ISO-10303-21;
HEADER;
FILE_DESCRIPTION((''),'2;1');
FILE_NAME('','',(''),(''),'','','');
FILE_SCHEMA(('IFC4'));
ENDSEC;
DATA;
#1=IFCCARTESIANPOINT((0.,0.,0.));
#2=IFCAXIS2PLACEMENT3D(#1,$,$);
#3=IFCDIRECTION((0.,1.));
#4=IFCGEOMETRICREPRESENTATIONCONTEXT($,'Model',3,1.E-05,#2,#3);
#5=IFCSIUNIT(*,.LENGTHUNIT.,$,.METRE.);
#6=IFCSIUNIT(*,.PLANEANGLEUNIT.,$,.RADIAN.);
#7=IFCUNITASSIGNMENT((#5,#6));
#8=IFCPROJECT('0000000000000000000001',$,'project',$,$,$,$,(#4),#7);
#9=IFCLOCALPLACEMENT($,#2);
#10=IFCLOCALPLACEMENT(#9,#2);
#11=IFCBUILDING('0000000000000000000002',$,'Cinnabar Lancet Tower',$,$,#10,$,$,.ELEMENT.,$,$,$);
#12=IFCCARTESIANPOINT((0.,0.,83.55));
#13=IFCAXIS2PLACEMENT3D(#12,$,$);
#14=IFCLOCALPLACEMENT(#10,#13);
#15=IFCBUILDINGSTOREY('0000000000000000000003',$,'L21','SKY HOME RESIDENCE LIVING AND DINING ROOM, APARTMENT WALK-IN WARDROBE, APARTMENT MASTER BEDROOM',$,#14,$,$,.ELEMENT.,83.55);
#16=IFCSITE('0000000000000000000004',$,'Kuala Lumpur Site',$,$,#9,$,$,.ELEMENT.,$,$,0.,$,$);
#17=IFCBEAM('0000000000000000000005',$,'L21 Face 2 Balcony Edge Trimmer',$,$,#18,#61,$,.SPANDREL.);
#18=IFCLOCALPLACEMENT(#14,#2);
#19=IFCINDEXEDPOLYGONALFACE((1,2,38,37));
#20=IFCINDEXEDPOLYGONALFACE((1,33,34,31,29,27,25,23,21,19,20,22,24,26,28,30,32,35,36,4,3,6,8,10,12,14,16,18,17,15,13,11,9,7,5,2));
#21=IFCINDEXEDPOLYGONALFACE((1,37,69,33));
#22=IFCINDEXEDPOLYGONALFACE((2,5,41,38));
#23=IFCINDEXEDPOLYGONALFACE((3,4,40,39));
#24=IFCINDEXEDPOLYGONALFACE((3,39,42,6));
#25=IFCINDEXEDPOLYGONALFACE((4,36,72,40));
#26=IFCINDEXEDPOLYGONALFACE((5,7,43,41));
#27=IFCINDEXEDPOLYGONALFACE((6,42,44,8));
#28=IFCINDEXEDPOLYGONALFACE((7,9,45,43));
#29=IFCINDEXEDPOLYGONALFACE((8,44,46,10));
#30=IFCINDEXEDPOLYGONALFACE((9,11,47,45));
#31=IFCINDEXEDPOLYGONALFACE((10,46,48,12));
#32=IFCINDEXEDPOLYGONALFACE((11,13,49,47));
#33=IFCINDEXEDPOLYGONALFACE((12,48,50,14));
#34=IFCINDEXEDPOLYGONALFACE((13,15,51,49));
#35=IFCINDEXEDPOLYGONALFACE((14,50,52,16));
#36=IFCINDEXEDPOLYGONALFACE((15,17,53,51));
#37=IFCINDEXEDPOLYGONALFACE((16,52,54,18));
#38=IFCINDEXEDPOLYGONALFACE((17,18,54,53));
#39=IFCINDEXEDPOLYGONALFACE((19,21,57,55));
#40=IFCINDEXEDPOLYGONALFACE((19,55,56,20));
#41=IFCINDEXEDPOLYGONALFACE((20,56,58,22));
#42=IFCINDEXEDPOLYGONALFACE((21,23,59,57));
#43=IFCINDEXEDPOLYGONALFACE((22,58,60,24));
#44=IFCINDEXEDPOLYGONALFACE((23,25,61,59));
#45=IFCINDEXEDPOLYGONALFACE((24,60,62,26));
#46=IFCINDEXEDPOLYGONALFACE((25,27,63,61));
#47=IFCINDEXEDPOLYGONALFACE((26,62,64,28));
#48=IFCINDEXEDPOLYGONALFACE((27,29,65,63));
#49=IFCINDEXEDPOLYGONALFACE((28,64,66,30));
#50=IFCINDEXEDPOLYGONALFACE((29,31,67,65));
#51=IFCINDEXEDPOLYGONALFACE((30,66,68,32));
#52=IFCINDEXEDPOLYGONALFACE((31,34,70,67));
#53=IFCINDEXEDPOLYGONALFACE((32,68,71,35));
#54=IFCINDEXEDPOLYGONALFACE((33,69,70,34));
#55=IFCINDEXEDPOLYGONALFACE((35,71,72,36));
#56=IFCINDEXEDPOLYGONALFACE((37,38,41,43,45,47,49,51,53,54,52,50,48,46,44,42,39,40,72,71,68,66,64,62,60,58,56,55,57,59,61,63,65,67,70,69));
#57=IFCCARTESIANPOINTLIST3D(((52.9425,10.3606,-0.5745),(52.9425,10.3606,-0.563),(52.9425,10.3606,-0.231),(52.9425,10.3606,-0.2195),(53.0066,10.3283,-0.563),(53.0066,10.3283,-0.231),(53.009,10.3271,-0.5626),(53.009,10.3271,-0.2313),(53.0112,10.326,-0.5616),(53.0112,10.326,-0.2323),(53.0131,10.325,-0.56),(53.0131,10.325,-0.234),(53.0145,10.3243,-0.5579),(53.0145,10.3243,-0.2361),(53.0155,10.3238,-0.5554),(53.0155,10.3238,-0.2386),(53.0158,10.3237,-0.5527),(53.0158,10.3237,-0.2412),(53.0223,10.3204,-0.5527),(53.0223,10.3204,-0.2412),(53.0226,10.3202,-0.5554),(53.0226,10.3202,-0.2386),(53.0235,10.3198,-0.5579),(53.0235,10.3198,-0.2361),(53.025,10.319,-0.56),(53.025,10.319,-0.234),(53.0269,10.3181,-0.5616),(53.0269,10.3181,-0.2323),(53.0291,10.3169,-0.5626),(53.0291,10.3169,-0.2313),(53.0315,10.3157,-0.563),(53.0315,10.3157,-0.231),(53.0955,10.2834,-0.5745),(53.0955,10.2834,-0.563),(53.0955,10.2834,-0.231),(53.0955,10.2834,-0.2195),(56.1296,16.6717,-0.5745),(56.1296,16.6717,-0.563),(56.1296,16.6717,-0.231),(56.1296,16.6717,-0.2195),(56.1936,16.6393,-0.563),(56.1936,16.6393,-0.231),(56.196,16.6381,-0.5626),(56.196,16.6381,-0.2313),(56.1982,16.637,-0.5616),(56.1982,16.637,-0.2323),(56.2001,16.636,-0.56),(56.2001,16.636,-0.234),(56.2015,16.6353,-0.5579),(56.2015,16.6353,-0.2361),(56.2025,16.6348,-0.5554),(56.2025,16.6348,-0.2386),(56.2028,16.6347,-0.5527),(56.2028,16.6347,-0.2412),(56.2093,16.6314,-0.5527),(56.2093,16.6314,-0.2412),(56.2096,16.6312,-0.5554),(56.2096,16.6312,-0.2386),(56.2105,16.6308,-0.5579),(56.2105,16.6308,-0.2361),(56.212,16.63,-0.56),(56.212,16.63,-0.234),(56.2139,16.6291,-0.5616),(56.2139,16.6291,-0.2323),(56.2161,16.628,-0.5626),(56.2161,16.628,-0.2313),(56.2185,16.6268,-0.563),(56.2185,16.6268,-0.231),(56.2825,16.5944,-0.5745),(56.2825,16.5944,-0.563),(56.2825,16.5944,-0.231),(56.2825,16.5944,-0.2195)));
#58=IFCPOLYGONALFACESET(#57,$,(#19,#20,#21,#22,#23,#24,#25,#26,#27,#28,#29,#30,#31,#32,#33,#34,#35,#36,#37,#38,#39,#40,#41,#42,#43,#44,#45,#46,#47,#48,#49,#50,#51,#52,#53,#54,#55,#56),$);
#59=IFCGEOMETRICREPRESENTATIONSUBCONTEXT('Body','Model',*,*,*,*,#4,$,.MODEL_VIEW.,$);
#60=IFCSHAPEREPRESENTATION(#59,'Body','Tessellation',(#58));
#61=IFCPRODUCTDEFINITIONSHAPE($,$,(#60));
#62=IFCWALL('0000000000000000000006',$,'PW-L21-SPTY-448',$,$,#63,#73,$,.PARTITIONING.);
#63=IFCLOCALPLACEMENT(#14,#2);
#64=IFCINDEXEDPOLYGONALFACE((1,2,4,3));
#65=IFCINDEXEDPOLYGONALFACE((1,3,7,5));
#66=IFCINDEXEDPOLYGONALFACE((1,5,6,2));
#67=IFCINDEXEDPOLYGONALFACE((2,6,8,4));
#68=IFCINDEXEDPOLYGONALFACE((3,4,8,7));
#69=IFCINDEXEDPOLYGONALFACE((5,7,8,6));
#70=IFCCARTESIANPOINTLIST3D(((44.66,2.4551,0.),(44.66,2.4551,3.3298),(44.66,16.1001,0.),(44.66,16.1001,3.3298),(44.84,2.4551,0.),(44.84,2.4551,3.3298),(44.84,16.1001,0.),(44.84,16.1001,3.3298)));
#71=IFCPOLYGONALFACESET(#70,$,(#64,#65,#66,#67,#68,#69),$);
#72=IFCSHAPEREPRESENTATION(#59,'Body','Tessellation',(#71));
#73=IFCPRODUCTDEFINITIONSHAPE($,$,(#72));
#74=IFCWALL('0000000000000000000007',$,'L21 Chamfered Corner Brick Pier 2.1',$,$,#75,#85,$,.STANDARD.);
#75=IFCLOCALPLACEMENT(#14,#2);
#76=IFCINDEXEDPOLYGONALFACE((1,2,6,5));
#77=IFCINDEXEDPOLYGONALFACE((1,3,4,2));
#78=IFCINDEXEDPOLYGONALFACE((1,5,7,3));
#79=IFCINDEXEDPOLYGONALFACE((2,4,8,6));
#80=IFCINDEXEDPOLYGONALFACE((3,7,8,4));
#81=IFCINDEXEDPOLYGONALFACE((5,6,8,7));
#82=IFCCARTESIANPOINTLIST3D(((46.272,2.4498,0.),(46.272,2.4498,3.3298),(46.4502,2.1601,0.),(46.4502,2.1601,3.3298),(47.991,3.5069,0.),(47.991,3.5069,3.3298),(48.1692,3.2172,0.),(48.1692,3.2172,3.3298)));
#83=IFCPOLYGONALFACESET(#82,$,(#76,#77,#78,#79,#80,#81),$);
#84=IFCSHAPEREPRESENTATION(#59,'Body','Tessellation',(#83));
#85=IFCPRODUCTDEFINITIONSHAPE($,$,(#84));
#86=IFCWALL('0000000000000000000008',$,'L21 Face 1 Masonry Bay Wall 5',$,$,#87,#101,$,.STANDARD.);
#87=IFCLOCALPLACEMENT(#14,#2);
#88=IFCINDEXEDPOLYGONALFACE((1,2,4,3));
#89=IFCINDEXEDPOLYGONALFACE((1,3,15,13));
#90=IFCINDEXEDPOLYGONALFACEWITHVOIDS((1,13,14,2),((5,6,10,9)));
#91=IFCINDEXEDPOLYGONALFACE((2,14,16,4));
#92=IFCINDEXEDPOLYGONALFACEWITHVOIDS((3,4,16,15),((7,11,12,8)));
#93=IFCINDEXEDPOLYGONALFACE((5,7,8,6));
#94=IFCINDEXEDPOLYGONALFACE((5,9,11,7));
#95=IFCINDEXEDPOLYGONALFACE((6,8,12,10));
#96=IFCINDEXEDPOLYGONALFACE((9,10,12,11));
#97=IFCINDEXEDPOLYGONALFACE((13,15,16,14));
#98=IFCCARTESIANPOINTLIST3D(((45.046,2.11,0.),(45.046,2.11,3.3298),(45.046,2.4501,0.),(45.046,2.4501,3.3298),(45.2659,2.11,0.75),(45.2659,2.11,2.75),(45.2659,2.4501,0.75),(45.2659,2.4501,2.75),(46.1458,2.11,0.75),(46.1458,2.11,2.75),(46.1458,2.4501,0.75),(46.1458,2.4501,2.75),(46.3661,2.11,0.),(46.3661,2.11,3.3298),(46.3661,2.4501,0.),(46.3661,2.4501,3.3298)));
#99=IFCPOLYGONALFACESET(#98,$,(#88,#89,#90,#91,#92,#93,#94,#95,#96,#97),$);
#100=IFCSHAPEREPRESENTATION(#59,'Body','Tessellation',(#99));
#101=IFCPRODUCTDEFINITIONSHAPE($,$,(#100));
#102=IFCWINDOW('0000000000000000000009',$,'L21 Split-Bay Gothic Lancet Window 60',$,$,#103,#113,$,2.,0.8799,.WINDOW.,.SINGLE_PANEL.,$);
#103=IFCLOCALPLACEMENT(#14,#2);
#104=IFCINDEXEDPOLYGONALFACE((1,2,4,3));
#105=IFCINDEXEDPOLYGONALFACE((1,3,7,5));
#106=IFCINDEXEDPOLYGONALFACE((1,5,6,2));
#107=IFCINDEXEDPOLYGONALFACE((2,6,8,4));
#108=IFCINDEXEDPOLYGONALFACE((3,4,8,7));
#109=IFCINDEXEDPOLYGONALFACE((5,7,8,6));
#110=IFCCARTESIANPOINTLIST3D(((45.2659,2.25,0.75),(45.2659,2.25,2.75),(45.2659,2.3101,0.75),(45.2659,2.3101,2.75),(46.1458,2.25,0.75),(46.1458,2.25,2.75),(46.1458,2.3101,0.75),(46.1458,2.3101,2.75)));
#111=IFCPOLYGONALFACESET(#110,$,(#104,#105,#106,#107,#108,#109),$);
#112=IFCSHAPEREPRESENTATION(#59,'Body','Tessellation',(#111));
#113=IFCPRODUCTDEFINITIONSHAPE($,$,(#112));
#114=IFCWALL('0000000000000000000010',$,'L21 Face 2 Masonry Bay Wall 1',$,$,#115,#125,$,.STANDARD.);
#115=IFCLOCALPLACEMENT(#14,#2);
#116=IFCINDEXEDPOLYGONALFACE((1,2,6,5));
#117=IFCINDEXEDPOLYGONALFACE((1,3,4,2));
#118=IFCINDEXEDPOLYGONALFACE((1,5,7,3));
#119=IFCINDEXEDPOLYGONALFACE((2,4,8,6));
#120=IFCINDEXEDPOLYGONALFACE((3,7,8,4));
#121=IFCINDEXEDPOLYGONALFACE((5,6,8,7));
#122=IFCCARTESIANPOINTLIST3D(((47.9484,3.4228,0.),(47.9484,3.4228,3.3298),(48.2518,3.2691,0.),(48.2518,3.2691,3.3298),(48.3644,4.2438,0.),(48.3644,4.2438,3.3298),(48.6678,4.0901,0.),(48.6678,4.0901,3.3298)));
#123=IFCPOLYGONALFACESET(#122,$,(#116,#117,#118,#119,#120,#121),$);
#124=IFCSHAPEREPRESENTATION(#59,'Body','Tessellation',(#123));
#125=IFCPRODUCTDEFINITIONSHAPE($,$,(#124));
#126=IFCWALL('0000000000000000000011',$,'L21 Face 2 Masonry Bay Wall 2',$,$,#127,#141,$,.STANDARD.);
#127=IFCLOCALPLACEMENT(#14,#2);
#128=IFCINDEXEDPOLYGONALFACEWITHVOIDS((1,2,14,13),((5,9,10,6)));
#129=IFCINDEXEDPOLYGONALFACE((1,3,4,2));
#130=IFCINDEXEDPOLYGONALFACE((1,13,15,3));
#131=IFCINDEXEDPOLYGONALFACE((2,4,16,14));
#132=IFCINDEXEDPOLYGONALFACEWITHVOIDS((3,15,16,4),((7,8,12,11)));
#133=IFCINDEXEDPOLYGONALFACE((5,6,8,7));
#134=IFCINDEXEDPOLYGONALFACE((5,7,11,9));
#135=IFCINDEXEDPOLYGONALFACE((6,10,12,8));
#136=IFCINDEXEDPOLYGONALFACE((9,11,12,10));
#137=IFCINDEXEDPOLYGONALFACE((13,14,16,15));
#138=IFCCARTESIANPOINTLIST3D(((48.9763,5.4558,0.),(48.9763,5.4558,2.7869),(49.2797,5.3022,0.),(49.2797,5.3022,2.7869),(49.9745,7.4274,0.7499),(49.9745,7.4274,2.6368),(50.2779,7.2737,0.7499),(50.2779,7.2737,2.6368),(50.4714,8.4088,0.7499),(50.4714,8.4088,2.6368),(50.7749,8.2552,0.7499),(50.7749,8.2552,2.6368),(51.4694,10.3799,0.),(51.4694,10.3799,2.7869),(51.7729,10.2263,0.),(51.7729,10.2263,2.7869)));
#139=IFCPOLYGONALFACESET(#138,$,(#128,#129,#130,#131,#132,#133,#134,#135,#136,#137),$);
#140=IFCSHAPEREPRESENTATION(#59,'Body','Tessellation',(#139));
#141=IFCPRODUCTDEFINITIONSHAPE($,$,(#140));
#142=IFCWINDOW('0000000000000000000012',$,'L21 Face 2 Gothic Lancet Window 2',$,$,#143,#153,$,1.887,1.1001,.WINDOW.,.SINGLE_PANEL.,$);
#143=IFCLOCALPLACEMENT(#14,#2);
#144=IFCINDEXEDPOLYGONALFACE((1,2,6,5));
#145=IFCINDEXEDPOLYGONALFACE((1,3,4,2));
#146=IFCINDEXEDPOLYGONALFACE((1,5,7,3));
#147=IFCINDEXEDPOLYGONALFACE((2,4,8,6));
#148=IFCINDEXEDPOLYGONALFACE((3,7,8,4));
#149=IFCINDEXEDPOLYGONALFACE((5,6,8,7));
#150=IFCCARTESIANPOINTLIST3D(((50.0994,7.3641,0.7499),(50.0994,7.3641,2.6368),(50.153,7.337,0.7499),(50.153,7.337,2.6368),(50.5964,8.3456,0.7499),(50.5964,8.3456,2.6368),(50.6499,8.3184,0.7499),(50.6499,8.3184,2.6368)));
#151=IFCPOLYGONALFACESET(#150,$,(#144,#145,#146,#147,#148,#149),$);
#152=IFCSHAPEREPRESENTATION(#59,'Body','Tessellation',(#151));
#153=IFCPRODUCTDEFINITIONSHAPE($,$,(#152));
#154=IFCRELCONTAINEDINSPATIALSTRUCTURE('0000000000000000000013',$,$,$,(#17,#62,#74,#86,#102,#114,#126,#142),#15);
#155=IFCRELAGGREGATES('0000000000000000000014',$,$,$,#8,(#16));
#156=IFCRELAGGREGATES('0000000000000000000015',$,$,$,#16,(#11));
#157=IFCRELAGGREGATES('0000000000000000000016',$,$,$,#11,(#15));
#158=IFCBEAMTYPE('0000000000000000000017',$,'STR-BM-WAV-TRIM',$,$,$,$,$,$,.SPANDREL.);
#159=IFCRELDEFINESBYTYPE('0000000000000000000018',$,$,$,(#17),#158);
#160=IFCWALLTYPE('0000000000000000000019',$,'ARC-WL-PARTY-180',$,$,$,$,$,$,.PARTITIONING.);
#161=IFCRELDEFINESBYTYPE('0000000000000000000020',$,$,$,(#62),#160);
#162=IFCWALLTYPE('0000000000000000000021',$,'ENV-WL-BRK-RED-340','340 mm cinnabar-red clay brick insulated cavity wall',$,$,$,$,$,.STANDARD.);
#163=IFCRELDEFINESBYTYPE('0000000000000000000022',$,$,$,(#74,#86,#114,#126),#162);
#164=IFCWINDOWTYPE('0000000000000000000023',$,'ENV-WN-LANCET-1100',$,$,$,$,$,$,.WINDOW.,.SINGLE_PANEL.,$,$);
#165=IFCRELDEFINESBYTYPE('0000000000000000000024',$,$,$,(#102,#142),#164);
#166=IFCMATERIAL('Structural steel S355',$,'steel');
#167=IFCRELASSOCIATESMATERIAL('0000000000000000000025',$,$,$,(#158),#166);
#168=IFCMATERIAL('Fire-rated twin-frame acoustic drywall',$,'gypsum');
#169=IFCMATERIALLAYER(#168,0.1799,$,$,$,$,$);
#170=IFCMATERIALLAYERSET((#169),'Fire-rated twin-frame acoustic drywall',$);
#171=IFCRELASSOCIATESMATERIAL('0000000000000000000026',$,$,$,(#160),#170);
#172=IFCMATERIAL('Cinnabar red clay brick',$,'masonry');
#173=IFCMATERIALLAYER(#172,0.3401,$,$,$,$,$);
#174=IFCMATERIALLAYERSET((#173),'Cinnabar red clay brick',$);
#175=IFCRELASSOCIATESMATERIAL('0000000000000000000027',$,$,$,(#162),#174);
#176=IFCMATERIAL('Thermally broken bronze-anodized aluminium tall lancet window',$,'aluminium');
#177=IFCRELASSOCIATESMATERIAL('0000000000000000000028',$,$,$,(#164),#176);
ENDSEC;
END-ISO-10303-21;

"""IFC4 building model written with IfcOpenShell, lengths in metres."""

from ifc_helpers import new_model, si_unit, direction, frame, frame_2d, origin, origin_2d, place, context, subcontext, project, spatial, rectangle, i_section, extrude, material, layer, layer_set, material_profile, profile_set, type_object, element, fill, save


model = new_model("IFC4")

# Units and contexts
model_context = context("Model", 3, precision=1e-05, world=origin(), true_north=direction((0.0, 1.0)))
body_context = subcontext(model_context, "Body", "Model", "MODEL_VIEW")
ifc_project = project(units=[si_unit("LENGTHUNIT", "METRE"), si_unit("PLANEANGLEUNIT", "RADIAN")], contexts=[model_context])

# Site, building, storey
site_placement = place(None, origin())
site = spatial("IfcSite", under=ifc_project, at=site_placement, Name="Kuala Lumpur Site", CompositionType="ELEMENT", RefElevation=0.0)
building_placement = place(site_placement, origin())
building = spatial("IfcBuilding", under=site, at=building_placement, Name="Cinnabar Lancet Tower", CompositionType="ELEMENT")
storey_placement = place(building_placement, frame((0.0, 0.0, 83.55)))
storey = spatial("IfcBuildingStorey", under=building, at=storey_placement, Name="L21", Description="SKY HOME RESIDENCE LIVING AND DINING ROOM, APARTMENT WALK-IN WARDROBE, APARTMENT MASTER BEDROOM", CompositionType="ELEMENT", Elevation=83.55)

# Beam
ifc_material_1 = material(Name="Structural steel S355", Category="steel")
ifc_material_profile_1 = material_profile(ifc_material_1, i_section(OverallWidth=0.1714, OverallDepth=0.355, WebThickness=0.0073, FlangeThickness=0.0115, FilletRadius=0.0103, at=origin_2d()), Name="UKB 356x171x51")
ifc_profile_set_1 = profile_set([ifc_material_profile_1], Name="Structural steel S355")
beam_type_1 = type_object("IfcBeamType", Name="STR-BM-WAV-TRIM", PredefinedType="SPANDREL", material=ifc_profile_set_1)
beam_1_placement = place(storey_placement, frame((53.019, 10.322, -0.397), z_axis=(0.450774, 0.892638, 0.0), x_axis=(-0.892638, 0.450774, 0.0)))
element("IfcBeam", 1, at=beam_1_placement, inside=storey, type_object=beam_type_1, Name="L21 Face 2 Balcony Edge Trimmer", PredefinedType="SPANDREL", context=body_context, shape_type="SweptSolid", body=[
    extrude(i_section(OverallWidth=0.1714, OverallDepth=0.355, WebThickness=0.0073, FlangeThickness=0.0115, FilletRadius=0.0103, at=origin_2d()), origin(), (0.0, 0.0, 1.0), 7.0701),
])

# Walls
ifc_material_2 = material(Name="Fire-rated twin-frame acoustic drywall", Category="gypsum")
ifc_layer_1 = layer(ifc_material_2, 0.1799)
ifc_layer_set_1 = layer_set([ifc_layer_1], Name="Fire-rated twin-frame acoustic drywall")
wall_type_1 = type_object("IfcWallType", Name="ARC-WL-PARTY-180", PredefinedType="PARTITIONING", material=ifc_layer_set_1)
wall_1_placement = place(storey_placement, frame((44.75, 2.4551, 0.0), z_axis=(0.0, 0.0, 1.0), x_axis=(0.0, 1.0, 0.0)))
element("IfcWall", 2, at=wall_1_placement, inside=storey, type_object=wall_type_1, Name="PW-L21-SPTY-448", PredefinedType="PARTITIONING", context=body_context, shape_type="SweptSolid", body=[
    extrude(rectangle(XDim=13.645, YDim=0.1799, at=frame_2d((6.8225, 0.0))), origin(), (0.0, 0.0, 1.0), 3.3298),
])
ifc_material_3 = material(Name="Cinnabar red clay brick", Category="masonry")
ifc_layer_2 = layer(ifc_material_3, 0.3401)
ifc_layer_set_2 = layer_set([ifc_layer_2], Name="Cinnabar red clay brick")
wall_type_2 = type_object("IfcWallType", Name="ENV-WL-BRK-RED-340", Description="340 mm cinnabar-red clay brick insulated cavity wall", PredefinedType="STANDARD", material=ifc_layer_set_2)
wall_2_placement = place(storey_placement, frame((46.3611, 2.3049, 0.0), z_axis=(0.0, 0.0, 1.0), x_axis=(0.851816, 0.523841, 0.0)))
element("IfcWall", 3, at=wall_2_placement, inside=storey, type_object=wall_type_2, Name="L21 Chamfered Corner Brick Pier 2.1", PredefinedType="STANDARD", context=body_context, shape_type="SweptSolid", body=[
    extrude(rectangle(XDim=2.0181, YDim=0.3401, at=frame_2d((1.009, 0.0))), origin(), (0.0, 0.0, 1.0), 3.3298),
])

# Wall, opening, window
wall_3_placement = place(storey_placement, frame((45.0459, 2.28, 0.0), z_axis=(0.0, 0.0, 1.0), x_axis=(1.0, 0.0, 0.0)))
wall_3 = element("IfcWall", 4, at=wall_3_placement, inside=storey, type_object=wall_type_2, Name="L21 Face 1 Masonry Bay Wall 5", PredefinedType="STANDARD", context=body_context, shape_type="SweptSolid", body=[
    extrude(rectangle(XDim=1.3201, YDim=0.3401, at=frame_2d((0.6602, 0.0))), origin(), (0.0, 0.0, 1.0), 3.3298),
])
opening_1_placement = place(wall_3_placement, frame((0.22, 0.0, 0.75)))
opening_1 = element("IfcOpeningElement", 5, at=opening_1_placement, cuts=wall_3, PredefinedType="OPENING", context=body_context, shape_type="SweptSolid", body=[
    extrude(rectangle(XDim=0.8799, YDim=2.0, at=frame_2d((0.4399, 1.0))), frame((0.0, 0.1799, 0.0), z_axis=(0.0, -1.0, 0.0), x_axis=(1.0, 0.0, 0.0)), (0.0, 0.0, 1.0), 0.3601),
])
ifc_material_4 = material(Name="Thermally broken bronze-anodized aluminium tall lancet window", Category="aluminium")
window_type = type_object("IfcWindowType", Name="ENV-WN-LANCET-1100", PartitioningType="SINGLE_PANEL", PredefinedType="WINDOW", material=ifc_material_4)
window_1_placement = place(opening_1_placement, origin())
window_1 = element("IfcWindow", 6, at=window_1_placement, inside=storey, type_object=window_type, Name="L21 Split-Bay Gothic Lancet Window 60", OverallHeight=2.0, OverallWidth=0.8799, PartitioningType="SINGLE_PANEL", PredefinedType="WINDOW", context=body_context, shape_type="SweptSolid", body=[
    extrude(rectangle(XDim=0.8799, YDim=2.0, at=frame_2d((0.4399, 1.0))), frame((0.0, 0.03, 0.0), z_axis=(0.0, -1.0, 0.0), x_axis=(1.0, 0.0, 0.0)), (0.0, 0.0, 1.0), 0.0601),
])
fill(opening_1, window_1)

# Wall
wall_4_placement = place(storey_placement, frame((48.1001, 3.3459, 0.0), z_axis=(0.0, 0.0, 1.0), x_axis=(0.451982, 0.892027, 0.0)))
element("IfcWall", 7, at=wall_4_placement, inside=storey, type_object=wall_type_2, Name="L21 Face 2 Masonry Bay Wall 1", PredefinedType="STANDARD", context=body_context, shape_type="SweptSolid", body=[
    extrude(rectangle(XDim=0.9204, YDim=0.3401, at=frame_2d((0.4602, 0.0))), origin(), (0.0, 0.0, 1.0), 3.3298),
])

# Wall, opening, window
wall_5_placement = place(storey_placement, frame((49.1279, 5.3789, 0.0), z_axis=(0.0, 0.0, 1.0), x_axis=(0.45172, 0.89216, 0.0)))
wall_5 = element("IfcWall", 8, at=wall_5_placement, inside=storey, type_object=wall_type_2, Name="L21 Face 2 Masonry Bay Wall 2", PredefinedType="STANDARD", context=body_context, shape_type="SweptSolid", body=[
    extrude(rectangle(XDim=5.5193, YDim=0.3401, at=frame_2d((2.7598, 0.0))), origin(), (0.0, 0.0, 1.0), 2.7869),
])
opening_2_placement = place(wall_5_placement, frame((2.21, 0.0, 0.75)))
opening_2 = element("IfcOpeningElement", 9, at=opening_2_placement, cuts=wall_5, PredefinedType="OPENING", context=body_context, shape_type="SweptSolid", body=[
    extrude(rectangle(XDim=1.1001, YDim=1.887, at=frame_2d((0.55, 0.9434))), frame((0.0, 0.1799, 0.0), z_axis=(0.0, -1.0, 0.0), x_axis=(1.0, 0.0, 0.0)), (0.0, 0.0, 1.0), 0.3601),
])
window_2_placement = place(opening_2_placement, origin())
window_2 = element("IfcWindow", 10, at=window_2_placement, inside=storey, type_object=window_type, Name="L21 Face 2 Gothic Lancet Window 2", OverallHeight=1.887, OverallWidth=1.1001, PartitioningType="SINGLE_PANEL", PredefinedType="WINDOW", context=body_context, shape_type="SweptSolid", body=[
    extrude(rectangle(XDim=1.1001, YDim=1.887, at=frame_2d((0.55, 0.9434))), frame((0.0, 0.03, 0.0), z_axis=(0.0, -1.0, 0.0), x_axis=(1.0, 0.0, 0.0)), (0.0, 0.0, 1.0), 0.0601),
])
fill(opening_2, window_2)

save(model, "model.ifc")
